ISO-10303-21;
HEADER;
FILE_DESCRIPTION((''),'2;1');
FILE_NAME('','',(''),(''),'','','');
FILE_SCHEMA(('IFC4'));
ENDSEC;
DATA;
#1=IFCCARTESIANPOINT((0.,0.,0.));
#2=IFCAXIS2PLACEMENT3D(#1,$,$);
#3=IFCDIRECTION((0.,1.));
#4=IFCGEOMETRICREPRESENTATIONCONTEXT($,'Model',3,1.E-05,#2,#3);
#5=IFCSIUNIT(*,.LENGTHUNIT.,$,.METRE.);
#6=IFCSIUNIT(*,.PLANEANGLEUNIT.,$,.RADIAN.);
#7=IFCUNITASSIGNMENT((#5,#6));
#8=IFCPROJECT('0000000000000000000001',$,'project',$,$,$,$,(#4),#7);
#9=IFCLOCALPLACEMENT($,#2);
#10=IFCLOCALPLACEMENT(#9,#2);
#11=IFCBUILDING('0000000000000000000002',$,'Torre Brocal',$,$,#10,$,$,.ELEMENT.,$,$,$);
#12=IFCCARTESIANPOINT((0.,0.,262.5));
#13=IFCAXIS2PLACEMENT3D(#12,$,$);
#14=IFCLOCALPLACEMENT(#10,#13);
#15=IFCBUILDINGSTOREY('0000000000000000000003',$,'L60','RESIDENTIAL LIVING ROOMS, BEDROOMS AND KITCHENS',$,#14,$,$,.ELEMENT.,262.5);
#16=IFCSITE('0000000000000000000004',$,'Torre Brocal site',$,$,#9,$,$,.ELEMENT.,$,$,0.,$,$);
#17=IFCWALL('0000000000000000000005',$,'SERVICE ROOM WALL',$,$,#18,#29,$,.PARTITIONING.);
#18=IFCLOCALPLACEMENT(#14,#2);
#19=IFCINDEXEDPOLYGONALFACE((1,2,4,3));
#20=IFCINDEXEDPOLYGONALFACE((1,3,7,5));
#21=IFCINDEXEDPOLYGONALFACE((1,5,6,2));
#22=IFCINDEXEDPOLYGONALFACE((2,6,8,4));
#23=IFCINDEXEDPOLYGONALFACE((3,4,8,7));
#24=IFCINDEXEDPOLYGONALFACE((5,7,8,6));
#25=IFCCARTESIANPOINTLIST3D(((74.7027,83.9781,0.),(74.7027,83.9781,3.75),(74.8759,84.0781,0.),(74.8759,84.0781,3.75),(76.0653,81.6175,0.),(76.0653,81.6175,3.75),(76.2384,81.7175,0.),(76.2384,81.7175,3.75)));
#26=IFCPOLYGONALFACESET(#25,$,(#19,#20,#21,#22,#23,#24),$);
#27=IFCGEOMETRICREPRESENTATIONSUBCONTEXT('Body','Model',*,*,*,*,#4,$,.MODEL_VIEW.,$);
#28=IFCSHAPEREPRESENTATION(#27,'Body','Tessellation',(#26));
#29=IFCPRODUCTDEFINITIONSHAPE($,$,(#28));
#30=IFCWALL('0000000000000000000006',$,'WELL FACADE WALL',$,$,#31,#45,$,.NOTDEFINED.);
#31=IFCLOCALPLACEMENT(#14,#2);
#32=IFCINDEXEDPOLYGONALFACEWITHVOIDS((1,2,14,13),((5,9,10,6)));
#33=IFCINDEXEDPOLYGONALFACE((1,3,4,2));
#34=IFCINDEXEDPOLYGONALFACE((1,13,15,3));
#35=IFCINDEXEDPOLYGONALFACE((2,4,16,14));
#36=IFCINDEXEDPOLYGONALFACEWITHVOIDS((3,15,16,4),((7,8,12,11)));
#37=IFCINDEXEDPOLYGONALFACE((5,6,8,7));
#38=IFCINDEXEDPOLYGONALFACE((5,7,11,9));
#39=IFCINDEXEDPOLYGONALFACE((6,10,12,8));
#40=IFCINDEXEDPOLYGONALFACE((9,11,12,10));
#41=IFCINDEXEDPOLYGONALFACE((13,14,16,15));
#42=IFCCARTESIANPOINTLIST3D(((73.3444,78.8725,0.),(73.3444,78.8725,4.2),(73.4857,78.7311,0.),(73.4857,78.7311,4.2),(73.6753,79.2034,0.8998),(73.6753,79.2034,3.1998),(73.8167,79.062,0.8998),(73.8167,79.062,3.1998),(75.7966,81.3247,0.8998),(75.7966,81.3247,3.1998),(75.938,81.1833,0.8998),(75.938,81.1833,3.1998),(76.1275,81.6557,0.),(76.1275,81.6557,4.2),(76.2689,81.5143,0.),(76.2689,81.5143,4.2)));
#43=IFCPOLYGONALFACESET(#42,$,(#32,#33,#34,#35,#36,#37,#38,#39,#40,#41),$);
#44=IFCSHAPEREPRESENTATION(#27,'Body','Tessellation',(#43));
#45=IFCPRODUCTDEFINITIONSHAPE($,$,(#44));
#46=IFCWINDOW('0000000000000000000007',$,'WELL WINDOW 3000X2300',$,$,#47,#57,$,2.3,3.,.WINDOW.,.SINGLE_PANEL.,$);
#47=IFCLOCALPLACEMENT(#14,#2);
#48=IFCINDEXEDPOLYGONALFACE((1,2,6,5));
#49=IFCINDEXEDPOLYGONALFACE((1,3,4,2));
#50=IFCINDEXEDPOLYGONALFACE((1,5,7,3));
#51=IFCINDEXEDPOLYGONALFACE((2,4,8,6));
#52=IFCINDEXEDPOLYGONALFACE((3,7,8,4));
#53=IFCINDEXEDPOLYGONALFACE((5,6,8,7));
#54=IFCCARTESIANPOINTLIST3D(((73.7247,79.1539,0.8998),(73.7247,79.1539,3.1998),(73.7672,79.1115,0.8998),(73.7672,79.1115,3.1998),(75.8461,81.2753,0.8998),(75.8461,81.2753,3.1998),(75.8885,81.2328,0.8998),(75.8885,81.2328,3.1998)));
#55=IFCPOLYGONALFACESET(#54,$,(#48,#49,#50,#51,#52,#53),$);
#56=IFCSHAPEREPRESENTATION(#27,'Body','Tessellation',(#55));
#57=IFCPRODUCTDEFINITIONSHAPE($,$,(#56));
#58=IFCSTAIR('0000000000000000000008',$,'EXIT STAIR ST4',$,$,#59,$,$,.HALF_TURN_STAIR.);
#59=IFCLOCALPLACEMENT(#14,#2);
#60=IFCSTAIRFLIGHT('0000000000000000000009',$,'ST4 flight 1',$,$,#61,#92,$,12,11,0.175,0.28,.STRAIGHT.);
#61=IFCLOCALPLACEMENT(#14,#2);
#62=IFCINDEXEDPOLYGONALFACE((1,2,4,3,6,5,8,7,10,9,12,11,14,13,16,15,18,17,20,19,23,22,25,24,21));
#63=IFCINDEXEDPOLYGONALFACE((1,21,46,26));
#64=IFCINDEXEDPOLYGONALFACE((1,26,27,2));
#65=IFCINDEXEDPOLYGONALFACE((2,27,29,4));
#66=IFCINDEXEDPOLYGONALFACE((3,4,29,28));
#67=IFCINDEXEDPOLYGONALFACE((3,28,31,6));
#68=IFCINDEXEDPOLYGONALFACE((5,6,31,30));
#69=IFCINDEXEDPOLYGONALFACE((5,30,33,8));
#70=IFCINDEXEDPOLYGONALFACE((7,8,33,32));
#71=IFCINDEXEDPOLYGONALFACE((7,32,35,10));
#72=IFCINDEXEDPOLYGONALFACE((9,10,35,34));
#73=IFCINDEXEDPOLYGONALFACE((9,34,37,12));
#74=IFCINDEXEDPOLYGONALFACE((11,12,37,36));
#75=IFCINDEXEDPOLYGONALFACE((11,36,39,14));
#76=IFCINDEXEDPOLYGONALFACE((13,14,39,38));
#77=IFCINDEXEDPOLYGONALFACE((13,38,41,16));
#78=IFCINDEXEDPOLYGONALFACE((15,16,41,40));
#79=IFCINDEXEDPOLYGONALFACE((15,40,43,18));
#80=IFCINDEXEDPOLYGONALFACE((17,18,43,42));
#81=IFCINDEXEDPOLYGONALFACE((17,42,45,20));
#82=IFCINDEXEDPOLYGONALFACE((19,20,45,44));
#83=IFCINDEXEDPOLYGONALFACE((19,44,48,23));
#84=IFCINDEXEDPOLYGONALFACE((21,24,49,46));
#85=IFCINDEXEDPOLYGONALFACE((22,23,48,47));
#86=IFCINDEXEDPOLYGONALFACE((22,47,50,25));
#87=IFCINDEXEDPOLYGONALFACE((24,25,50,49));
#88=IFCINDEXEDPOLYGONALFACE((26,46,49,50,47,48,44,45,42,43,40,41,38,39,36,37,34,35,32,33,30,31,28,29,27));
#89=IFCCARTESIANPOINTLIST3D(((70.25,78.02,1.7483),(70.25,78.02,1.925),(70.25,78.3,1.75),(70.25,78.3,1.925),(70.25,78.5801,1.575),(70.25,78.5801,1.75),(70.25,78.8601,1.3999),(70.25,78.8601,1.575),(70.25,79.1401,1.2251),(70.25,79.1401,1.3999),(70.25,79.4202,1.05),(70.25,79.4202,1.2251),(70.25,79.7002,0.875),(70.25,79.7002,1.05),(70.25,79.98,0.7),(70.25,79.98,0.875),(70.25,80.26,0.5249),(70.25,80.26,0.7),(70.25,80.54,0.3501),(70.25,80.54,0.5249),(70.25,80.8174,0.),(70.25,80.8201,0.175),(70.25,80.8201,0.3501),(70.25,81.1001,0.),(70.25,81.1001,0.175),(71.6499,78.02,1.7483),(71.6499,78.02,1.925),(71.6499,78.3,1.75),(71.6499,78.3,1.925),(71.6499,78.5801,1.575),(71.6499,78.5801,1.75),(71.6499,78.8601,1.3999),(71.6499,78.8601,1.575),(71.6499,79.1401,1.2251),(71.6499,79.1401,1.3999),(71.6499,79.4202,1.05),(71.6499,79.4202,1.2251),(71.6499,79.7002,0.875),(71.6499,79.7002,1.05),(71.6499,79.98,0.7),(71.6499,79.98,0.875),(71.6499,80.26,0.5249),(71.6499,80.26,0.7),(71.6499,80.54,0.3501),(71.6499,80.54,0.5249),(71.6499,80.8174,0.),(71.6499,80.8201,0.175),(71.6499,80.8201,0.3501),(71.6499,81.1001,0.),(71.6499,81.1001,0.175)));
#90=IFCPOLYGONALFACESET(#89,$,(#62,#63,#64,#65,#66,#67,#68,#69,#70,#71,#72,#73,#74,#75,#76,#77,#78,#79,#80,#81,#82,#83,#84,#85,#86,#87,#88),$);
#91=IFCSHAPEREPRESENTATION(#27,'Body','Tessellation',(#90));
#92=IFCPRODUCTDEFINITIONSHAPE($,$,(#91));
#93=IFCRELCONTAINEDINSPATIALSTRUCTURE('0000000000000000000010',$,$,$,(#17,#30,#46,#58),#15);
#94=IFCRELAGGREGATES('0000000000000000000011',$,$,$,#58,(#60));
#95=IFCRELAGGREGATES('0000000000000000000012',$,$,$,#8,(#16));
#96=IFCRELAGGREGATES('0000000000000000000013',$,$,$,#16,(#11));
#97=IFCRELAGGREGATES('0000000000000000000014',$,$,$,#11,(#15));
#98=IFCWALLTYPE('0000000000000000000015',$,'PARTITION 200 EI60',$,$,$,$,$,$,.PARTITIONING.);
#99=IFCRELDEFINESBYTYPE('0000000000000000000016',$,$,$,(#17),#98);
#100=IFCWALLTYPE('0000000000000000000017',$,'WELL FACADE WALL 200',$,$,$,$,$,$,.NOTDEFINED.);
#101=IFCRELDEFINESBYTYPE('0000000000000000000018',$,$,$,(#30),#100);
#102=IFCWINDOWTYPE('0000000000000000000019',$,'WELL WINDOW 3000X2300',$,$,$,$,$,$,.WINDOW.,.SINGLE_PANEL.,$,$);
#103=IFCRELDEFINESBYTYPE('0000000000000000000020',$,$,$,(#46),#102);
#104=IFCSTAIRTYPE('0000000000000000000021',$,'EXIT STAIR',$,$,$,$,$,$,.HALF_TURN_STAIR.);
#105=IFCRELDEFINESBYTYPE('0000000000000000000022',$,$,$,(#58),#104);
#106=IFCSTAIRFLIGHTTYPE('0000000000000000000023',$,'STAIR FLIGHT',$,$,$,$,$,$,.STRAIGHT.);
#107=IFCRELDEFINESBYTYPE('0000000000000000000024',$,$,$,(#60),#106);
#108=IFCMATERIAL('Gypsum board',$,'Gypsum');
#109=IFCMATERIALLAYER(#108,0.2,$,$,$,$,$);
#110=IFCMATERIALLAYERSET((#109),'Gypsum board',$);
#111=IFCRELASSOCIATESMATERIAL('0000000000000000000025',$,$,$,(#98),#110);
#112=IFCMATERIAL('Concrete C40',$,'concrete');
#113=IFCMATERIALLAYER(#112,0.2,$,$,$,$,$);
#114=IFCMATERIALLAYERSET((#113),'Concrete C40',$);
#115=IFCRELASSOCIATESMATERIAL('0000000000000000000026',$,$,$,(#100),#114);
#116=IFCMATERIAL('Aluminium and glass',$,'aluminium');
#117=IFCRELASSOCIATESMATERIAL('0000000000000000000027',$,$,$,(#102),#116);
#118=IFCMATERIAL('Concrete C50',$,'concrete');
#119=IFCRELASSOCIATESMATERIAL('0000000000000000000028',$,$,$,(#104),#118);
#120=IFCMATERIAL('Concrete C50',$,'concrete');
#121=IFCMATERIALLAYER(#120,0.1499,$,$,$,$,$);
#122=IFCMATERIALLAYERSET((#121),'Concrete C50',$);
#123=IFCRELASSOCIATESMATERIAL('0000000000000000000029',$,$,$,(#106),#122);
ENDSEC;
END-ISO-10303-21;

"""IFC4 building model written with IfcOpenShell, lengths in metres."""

from ifc_helpers import new_model, si_unit, direction, frame, frame_2d, origin, place, context, subcontext, project, spatial, polyline, rectangle, outline, extrude, material, layer, layer_set, type_object, element, fill, aggregate, save


model = new_model("IFC4")

# Units and contexts
model_context = context("Model", 3, precision=1e-05, world=origin(), true_north=direction((0.0, 1.0)))
body_context = subcontext(model_context, "Body", "Model", "MODEL_VIEW")
ifc_project = project(units=[si_unit("LENGTHUNIT", "METRE"), si_unit("PLANEANGLEUNIT", "RADIAN")], contexts=[model_context])

# Site, building, storey
site_placement = place(None, origin())
site = spatial("IfcSite", under=ifc_project, at=site_placement, Name="Torre Brocal site", CompositionType="ELEMENT", RefElevation=0.0)
building_placement = place(site_placement, origin())
building = spatial("IfcBuilding", under=site, at=building_placement, Name="Torre Brocal", CompositionType="ELEMENT")
storey_placement = place(building_placement, frame((0.0, 0.0, 262.5)))
storey = spatial("IfcBuildingStorey", under=building, at=storey_placement, Name="L60", Description="RESIDENTIAL LIVING ROOMS, BEDROOMS AND KITCHENS", CompositionType="ELEMENT", Elevation=262.5)

# Shared definitions
ifc_material_1 = material(Name="Gypsum board", Category="Gypsum")
ifc_layer_1 = layer(ifc_material_1, 0.2)
ifc_layer_set_1 = layer_set([ifc_layer_1], Name="Gypsum board")
wall_type_1 = type_object("IfcWallType", Name="PARTITION 200 EI60", PredefinedType="PARTITIONING", material=ifc_layer_set_1)

# Wall
wall_1_placement = place(storey_placement, frame((74.7893, 84.0281, 0.0), z_axis=(0.0, 0.0, 1.0), x_axis=(0.499906, -0.86608, 0.0)))
element("IfcWall", 1, at=wall_1_placement, inside=storey, type_object=wall_type_1, Name="SERVICE ROOM WALL", PredefinedType="PARTITIONING", context=body_context, shape_type="SweptSolid", body=[
    extrude(rectangle(XDim=2.7256, YDim=0.2, at=frame_2d((1.3628, 0.0))), origin(), (0.0, 0.0, 1.0), 3.75),
])

# Wall, opening, window
ifc_material_2 = material(Name="Concrete C40", Category="concrete")
ifc_layer_2 = layer(ifc_material_2, 0.2)
ifc_layer_set_2 = layer_set([ifc_layer_2], Name="Concrete C40")
wall_type_2 = type_object("IfcWallType", Name="WELL FACADE WALL 200", PredefinedType="NOTDEFINED", material=ifc_layer_set_2)
wall_2_placement = place(storey_placement, frame((76.1982, 81.585, 0.0), z_axis=(0.0, 0.0, 1.0), x_axis=(-0.707107, -0.707107, 0.0)))
wall_2 = element("IfcWall", 2, at=wall_2_placement, inside=storey, type_object=wall_type_2, Name="WELL FACADE WALL", PredefinedType="NOTDEFINED", context=body_context, shape_type="SweptSolid", body=[
    extrude(rectangle(XDim=3.936, YDim=0.2, at=frame_2d((1.968, 0.0))), origin(), (0.0, 0.0, 1.0), 4.2),
])
opening_1_placement = place(wall_2_placement, frame((0.468, 0.0, 0.8999)))
opening_1 = element("IfcOpeningElement", 3, at=opening_1_placement, cuts=wall_2, PredefinedType="OPENING", context=body_context, shape_type="SweptSolid", body=[
    extrude(rectangle(XDim=3.0, YDim=2.3, at=frame_2d((1.5, 1.1499))), frame((0.0, 0.1099, 0.0), z_axis=(0.0, -1.0, 0.0), x_axis=(1.0, 0.0, 0.0)), (0.0, 0.0, 1.0), 0.22),
])
ifc_material_3 = material(Name="Aluminium and glass", Category="aluminium")
window_type = type_object("IfcWindowType", Name="WELL WINDOW 3000X2300", PartitioningType="SINGLE_PANEL", PredefinedType="WINDOW", material=ifc_material_3)
window_placement = place(opening_1_placement, origin())
window = element("IfcWindow", 4, at=window_placement, inside=storey, type_object=window_type, Name="WELL WINDOW 3000X2300", OverallHeight=2.3, OverallWidth=3.0, PartitioningType="SINGLE_PANEL", PredefinedType="WINDOW", context=body_context, shape_type="SweptSolid", body=[
    extrude(rectangle(XDim=3.0, YDim=2.3, at=frame_2d((1.5, 1.1499))), frame((0.0, 0.03, 0.0), z_axis=(0.0, -1.0, 0.0), x_axis=(1.0, 0.0, 0.0)), (0.0, 0.0, 1.0), 0.0601),
])
fill(opening_1, window)

# Stair, stair flight
ifc_material_4 = material(Name="Concrete C50", Category="concrete")
stair_type = type_object("IfcStairType", Name="EXIT STAIR", PredefinedType="HALF_TURN_STAIR", material=ifc_material_4)
stair_placement = place(storey_placement, origin())
stair = element("IfcStair", 5, at=stair_placement, inside=storey, type_object=stair_type, Name="EXIT STAIR ST4", PredefinedType="HALF_TURN_STAIR")
ifc_material_5 = material(Name="Concrete C50", Category="concrete")
ifc_layer_3 = layer(ifc_material_5, 0.1499)
ifc_layer_set_3 = layer_set([ifc_layer_3], Name="Concrete C50")
stair_flight_type = type_object("IfcStairFlightType", Name="STAIR FLIGHT", PredefinedType="STRAIGHT", material=ifc_layer_set_3)
stair_flight_placement = place(storey_placement, frame((70.95, 81.1001, 0.0), z_axis=(0.0, 0.0, 1.0), x_axis=(0.0, -1.0, 0.0)))
stair_flight = element("IfcStairFlight", 6, at=stair_flight_placement, type_object=stair_flight_type, Name="ST4 flight 1", NumberOfRisers=12, NumberOfTreads=11, PredefinedType="STRAIGHT", RiserHeight=0.175, TreadLength=0.28, context=body_context, shape_type="SweptSolid", body=[
    extrude(outline(polyline([(0.0, 0.0), (0.0, 0.175), (0.28, 0.175), (0.28, 0.3501), (0.5601, 0.3501), (0.5601, 0.5249), (0.8401, 0.5249), (0.8401, 0.7), (1.1201, 0.7), (1.1201, 0.875), (1.3999, 0.875), (1.3999, 1.05), (1.6799, 1.05), (1.6799, 1.2251), (1.96, 1.2251), (1.96, 1.3999), (2.24, 1.3999), (2.24, 1.575), (2.52, 1.575), (2.52, 1.75), (2.8, 1.75), (2.8, 1.925), (3.0801, 1.925), (3.0801, 2.1001), (3.0801, 1.7483), (0.2827, 0.0), (0.0, 0.0)])), frame((0.0, 0.7, 0.0), z_axis=(0.0, -1.0, 0.0), x_axis=(1.0, 0.0, 0.0)), (0.0, 0.0, 1.0), 1.3999),
])
aggregate(stair, [stair_flight])

save(model, "model.ifc")
